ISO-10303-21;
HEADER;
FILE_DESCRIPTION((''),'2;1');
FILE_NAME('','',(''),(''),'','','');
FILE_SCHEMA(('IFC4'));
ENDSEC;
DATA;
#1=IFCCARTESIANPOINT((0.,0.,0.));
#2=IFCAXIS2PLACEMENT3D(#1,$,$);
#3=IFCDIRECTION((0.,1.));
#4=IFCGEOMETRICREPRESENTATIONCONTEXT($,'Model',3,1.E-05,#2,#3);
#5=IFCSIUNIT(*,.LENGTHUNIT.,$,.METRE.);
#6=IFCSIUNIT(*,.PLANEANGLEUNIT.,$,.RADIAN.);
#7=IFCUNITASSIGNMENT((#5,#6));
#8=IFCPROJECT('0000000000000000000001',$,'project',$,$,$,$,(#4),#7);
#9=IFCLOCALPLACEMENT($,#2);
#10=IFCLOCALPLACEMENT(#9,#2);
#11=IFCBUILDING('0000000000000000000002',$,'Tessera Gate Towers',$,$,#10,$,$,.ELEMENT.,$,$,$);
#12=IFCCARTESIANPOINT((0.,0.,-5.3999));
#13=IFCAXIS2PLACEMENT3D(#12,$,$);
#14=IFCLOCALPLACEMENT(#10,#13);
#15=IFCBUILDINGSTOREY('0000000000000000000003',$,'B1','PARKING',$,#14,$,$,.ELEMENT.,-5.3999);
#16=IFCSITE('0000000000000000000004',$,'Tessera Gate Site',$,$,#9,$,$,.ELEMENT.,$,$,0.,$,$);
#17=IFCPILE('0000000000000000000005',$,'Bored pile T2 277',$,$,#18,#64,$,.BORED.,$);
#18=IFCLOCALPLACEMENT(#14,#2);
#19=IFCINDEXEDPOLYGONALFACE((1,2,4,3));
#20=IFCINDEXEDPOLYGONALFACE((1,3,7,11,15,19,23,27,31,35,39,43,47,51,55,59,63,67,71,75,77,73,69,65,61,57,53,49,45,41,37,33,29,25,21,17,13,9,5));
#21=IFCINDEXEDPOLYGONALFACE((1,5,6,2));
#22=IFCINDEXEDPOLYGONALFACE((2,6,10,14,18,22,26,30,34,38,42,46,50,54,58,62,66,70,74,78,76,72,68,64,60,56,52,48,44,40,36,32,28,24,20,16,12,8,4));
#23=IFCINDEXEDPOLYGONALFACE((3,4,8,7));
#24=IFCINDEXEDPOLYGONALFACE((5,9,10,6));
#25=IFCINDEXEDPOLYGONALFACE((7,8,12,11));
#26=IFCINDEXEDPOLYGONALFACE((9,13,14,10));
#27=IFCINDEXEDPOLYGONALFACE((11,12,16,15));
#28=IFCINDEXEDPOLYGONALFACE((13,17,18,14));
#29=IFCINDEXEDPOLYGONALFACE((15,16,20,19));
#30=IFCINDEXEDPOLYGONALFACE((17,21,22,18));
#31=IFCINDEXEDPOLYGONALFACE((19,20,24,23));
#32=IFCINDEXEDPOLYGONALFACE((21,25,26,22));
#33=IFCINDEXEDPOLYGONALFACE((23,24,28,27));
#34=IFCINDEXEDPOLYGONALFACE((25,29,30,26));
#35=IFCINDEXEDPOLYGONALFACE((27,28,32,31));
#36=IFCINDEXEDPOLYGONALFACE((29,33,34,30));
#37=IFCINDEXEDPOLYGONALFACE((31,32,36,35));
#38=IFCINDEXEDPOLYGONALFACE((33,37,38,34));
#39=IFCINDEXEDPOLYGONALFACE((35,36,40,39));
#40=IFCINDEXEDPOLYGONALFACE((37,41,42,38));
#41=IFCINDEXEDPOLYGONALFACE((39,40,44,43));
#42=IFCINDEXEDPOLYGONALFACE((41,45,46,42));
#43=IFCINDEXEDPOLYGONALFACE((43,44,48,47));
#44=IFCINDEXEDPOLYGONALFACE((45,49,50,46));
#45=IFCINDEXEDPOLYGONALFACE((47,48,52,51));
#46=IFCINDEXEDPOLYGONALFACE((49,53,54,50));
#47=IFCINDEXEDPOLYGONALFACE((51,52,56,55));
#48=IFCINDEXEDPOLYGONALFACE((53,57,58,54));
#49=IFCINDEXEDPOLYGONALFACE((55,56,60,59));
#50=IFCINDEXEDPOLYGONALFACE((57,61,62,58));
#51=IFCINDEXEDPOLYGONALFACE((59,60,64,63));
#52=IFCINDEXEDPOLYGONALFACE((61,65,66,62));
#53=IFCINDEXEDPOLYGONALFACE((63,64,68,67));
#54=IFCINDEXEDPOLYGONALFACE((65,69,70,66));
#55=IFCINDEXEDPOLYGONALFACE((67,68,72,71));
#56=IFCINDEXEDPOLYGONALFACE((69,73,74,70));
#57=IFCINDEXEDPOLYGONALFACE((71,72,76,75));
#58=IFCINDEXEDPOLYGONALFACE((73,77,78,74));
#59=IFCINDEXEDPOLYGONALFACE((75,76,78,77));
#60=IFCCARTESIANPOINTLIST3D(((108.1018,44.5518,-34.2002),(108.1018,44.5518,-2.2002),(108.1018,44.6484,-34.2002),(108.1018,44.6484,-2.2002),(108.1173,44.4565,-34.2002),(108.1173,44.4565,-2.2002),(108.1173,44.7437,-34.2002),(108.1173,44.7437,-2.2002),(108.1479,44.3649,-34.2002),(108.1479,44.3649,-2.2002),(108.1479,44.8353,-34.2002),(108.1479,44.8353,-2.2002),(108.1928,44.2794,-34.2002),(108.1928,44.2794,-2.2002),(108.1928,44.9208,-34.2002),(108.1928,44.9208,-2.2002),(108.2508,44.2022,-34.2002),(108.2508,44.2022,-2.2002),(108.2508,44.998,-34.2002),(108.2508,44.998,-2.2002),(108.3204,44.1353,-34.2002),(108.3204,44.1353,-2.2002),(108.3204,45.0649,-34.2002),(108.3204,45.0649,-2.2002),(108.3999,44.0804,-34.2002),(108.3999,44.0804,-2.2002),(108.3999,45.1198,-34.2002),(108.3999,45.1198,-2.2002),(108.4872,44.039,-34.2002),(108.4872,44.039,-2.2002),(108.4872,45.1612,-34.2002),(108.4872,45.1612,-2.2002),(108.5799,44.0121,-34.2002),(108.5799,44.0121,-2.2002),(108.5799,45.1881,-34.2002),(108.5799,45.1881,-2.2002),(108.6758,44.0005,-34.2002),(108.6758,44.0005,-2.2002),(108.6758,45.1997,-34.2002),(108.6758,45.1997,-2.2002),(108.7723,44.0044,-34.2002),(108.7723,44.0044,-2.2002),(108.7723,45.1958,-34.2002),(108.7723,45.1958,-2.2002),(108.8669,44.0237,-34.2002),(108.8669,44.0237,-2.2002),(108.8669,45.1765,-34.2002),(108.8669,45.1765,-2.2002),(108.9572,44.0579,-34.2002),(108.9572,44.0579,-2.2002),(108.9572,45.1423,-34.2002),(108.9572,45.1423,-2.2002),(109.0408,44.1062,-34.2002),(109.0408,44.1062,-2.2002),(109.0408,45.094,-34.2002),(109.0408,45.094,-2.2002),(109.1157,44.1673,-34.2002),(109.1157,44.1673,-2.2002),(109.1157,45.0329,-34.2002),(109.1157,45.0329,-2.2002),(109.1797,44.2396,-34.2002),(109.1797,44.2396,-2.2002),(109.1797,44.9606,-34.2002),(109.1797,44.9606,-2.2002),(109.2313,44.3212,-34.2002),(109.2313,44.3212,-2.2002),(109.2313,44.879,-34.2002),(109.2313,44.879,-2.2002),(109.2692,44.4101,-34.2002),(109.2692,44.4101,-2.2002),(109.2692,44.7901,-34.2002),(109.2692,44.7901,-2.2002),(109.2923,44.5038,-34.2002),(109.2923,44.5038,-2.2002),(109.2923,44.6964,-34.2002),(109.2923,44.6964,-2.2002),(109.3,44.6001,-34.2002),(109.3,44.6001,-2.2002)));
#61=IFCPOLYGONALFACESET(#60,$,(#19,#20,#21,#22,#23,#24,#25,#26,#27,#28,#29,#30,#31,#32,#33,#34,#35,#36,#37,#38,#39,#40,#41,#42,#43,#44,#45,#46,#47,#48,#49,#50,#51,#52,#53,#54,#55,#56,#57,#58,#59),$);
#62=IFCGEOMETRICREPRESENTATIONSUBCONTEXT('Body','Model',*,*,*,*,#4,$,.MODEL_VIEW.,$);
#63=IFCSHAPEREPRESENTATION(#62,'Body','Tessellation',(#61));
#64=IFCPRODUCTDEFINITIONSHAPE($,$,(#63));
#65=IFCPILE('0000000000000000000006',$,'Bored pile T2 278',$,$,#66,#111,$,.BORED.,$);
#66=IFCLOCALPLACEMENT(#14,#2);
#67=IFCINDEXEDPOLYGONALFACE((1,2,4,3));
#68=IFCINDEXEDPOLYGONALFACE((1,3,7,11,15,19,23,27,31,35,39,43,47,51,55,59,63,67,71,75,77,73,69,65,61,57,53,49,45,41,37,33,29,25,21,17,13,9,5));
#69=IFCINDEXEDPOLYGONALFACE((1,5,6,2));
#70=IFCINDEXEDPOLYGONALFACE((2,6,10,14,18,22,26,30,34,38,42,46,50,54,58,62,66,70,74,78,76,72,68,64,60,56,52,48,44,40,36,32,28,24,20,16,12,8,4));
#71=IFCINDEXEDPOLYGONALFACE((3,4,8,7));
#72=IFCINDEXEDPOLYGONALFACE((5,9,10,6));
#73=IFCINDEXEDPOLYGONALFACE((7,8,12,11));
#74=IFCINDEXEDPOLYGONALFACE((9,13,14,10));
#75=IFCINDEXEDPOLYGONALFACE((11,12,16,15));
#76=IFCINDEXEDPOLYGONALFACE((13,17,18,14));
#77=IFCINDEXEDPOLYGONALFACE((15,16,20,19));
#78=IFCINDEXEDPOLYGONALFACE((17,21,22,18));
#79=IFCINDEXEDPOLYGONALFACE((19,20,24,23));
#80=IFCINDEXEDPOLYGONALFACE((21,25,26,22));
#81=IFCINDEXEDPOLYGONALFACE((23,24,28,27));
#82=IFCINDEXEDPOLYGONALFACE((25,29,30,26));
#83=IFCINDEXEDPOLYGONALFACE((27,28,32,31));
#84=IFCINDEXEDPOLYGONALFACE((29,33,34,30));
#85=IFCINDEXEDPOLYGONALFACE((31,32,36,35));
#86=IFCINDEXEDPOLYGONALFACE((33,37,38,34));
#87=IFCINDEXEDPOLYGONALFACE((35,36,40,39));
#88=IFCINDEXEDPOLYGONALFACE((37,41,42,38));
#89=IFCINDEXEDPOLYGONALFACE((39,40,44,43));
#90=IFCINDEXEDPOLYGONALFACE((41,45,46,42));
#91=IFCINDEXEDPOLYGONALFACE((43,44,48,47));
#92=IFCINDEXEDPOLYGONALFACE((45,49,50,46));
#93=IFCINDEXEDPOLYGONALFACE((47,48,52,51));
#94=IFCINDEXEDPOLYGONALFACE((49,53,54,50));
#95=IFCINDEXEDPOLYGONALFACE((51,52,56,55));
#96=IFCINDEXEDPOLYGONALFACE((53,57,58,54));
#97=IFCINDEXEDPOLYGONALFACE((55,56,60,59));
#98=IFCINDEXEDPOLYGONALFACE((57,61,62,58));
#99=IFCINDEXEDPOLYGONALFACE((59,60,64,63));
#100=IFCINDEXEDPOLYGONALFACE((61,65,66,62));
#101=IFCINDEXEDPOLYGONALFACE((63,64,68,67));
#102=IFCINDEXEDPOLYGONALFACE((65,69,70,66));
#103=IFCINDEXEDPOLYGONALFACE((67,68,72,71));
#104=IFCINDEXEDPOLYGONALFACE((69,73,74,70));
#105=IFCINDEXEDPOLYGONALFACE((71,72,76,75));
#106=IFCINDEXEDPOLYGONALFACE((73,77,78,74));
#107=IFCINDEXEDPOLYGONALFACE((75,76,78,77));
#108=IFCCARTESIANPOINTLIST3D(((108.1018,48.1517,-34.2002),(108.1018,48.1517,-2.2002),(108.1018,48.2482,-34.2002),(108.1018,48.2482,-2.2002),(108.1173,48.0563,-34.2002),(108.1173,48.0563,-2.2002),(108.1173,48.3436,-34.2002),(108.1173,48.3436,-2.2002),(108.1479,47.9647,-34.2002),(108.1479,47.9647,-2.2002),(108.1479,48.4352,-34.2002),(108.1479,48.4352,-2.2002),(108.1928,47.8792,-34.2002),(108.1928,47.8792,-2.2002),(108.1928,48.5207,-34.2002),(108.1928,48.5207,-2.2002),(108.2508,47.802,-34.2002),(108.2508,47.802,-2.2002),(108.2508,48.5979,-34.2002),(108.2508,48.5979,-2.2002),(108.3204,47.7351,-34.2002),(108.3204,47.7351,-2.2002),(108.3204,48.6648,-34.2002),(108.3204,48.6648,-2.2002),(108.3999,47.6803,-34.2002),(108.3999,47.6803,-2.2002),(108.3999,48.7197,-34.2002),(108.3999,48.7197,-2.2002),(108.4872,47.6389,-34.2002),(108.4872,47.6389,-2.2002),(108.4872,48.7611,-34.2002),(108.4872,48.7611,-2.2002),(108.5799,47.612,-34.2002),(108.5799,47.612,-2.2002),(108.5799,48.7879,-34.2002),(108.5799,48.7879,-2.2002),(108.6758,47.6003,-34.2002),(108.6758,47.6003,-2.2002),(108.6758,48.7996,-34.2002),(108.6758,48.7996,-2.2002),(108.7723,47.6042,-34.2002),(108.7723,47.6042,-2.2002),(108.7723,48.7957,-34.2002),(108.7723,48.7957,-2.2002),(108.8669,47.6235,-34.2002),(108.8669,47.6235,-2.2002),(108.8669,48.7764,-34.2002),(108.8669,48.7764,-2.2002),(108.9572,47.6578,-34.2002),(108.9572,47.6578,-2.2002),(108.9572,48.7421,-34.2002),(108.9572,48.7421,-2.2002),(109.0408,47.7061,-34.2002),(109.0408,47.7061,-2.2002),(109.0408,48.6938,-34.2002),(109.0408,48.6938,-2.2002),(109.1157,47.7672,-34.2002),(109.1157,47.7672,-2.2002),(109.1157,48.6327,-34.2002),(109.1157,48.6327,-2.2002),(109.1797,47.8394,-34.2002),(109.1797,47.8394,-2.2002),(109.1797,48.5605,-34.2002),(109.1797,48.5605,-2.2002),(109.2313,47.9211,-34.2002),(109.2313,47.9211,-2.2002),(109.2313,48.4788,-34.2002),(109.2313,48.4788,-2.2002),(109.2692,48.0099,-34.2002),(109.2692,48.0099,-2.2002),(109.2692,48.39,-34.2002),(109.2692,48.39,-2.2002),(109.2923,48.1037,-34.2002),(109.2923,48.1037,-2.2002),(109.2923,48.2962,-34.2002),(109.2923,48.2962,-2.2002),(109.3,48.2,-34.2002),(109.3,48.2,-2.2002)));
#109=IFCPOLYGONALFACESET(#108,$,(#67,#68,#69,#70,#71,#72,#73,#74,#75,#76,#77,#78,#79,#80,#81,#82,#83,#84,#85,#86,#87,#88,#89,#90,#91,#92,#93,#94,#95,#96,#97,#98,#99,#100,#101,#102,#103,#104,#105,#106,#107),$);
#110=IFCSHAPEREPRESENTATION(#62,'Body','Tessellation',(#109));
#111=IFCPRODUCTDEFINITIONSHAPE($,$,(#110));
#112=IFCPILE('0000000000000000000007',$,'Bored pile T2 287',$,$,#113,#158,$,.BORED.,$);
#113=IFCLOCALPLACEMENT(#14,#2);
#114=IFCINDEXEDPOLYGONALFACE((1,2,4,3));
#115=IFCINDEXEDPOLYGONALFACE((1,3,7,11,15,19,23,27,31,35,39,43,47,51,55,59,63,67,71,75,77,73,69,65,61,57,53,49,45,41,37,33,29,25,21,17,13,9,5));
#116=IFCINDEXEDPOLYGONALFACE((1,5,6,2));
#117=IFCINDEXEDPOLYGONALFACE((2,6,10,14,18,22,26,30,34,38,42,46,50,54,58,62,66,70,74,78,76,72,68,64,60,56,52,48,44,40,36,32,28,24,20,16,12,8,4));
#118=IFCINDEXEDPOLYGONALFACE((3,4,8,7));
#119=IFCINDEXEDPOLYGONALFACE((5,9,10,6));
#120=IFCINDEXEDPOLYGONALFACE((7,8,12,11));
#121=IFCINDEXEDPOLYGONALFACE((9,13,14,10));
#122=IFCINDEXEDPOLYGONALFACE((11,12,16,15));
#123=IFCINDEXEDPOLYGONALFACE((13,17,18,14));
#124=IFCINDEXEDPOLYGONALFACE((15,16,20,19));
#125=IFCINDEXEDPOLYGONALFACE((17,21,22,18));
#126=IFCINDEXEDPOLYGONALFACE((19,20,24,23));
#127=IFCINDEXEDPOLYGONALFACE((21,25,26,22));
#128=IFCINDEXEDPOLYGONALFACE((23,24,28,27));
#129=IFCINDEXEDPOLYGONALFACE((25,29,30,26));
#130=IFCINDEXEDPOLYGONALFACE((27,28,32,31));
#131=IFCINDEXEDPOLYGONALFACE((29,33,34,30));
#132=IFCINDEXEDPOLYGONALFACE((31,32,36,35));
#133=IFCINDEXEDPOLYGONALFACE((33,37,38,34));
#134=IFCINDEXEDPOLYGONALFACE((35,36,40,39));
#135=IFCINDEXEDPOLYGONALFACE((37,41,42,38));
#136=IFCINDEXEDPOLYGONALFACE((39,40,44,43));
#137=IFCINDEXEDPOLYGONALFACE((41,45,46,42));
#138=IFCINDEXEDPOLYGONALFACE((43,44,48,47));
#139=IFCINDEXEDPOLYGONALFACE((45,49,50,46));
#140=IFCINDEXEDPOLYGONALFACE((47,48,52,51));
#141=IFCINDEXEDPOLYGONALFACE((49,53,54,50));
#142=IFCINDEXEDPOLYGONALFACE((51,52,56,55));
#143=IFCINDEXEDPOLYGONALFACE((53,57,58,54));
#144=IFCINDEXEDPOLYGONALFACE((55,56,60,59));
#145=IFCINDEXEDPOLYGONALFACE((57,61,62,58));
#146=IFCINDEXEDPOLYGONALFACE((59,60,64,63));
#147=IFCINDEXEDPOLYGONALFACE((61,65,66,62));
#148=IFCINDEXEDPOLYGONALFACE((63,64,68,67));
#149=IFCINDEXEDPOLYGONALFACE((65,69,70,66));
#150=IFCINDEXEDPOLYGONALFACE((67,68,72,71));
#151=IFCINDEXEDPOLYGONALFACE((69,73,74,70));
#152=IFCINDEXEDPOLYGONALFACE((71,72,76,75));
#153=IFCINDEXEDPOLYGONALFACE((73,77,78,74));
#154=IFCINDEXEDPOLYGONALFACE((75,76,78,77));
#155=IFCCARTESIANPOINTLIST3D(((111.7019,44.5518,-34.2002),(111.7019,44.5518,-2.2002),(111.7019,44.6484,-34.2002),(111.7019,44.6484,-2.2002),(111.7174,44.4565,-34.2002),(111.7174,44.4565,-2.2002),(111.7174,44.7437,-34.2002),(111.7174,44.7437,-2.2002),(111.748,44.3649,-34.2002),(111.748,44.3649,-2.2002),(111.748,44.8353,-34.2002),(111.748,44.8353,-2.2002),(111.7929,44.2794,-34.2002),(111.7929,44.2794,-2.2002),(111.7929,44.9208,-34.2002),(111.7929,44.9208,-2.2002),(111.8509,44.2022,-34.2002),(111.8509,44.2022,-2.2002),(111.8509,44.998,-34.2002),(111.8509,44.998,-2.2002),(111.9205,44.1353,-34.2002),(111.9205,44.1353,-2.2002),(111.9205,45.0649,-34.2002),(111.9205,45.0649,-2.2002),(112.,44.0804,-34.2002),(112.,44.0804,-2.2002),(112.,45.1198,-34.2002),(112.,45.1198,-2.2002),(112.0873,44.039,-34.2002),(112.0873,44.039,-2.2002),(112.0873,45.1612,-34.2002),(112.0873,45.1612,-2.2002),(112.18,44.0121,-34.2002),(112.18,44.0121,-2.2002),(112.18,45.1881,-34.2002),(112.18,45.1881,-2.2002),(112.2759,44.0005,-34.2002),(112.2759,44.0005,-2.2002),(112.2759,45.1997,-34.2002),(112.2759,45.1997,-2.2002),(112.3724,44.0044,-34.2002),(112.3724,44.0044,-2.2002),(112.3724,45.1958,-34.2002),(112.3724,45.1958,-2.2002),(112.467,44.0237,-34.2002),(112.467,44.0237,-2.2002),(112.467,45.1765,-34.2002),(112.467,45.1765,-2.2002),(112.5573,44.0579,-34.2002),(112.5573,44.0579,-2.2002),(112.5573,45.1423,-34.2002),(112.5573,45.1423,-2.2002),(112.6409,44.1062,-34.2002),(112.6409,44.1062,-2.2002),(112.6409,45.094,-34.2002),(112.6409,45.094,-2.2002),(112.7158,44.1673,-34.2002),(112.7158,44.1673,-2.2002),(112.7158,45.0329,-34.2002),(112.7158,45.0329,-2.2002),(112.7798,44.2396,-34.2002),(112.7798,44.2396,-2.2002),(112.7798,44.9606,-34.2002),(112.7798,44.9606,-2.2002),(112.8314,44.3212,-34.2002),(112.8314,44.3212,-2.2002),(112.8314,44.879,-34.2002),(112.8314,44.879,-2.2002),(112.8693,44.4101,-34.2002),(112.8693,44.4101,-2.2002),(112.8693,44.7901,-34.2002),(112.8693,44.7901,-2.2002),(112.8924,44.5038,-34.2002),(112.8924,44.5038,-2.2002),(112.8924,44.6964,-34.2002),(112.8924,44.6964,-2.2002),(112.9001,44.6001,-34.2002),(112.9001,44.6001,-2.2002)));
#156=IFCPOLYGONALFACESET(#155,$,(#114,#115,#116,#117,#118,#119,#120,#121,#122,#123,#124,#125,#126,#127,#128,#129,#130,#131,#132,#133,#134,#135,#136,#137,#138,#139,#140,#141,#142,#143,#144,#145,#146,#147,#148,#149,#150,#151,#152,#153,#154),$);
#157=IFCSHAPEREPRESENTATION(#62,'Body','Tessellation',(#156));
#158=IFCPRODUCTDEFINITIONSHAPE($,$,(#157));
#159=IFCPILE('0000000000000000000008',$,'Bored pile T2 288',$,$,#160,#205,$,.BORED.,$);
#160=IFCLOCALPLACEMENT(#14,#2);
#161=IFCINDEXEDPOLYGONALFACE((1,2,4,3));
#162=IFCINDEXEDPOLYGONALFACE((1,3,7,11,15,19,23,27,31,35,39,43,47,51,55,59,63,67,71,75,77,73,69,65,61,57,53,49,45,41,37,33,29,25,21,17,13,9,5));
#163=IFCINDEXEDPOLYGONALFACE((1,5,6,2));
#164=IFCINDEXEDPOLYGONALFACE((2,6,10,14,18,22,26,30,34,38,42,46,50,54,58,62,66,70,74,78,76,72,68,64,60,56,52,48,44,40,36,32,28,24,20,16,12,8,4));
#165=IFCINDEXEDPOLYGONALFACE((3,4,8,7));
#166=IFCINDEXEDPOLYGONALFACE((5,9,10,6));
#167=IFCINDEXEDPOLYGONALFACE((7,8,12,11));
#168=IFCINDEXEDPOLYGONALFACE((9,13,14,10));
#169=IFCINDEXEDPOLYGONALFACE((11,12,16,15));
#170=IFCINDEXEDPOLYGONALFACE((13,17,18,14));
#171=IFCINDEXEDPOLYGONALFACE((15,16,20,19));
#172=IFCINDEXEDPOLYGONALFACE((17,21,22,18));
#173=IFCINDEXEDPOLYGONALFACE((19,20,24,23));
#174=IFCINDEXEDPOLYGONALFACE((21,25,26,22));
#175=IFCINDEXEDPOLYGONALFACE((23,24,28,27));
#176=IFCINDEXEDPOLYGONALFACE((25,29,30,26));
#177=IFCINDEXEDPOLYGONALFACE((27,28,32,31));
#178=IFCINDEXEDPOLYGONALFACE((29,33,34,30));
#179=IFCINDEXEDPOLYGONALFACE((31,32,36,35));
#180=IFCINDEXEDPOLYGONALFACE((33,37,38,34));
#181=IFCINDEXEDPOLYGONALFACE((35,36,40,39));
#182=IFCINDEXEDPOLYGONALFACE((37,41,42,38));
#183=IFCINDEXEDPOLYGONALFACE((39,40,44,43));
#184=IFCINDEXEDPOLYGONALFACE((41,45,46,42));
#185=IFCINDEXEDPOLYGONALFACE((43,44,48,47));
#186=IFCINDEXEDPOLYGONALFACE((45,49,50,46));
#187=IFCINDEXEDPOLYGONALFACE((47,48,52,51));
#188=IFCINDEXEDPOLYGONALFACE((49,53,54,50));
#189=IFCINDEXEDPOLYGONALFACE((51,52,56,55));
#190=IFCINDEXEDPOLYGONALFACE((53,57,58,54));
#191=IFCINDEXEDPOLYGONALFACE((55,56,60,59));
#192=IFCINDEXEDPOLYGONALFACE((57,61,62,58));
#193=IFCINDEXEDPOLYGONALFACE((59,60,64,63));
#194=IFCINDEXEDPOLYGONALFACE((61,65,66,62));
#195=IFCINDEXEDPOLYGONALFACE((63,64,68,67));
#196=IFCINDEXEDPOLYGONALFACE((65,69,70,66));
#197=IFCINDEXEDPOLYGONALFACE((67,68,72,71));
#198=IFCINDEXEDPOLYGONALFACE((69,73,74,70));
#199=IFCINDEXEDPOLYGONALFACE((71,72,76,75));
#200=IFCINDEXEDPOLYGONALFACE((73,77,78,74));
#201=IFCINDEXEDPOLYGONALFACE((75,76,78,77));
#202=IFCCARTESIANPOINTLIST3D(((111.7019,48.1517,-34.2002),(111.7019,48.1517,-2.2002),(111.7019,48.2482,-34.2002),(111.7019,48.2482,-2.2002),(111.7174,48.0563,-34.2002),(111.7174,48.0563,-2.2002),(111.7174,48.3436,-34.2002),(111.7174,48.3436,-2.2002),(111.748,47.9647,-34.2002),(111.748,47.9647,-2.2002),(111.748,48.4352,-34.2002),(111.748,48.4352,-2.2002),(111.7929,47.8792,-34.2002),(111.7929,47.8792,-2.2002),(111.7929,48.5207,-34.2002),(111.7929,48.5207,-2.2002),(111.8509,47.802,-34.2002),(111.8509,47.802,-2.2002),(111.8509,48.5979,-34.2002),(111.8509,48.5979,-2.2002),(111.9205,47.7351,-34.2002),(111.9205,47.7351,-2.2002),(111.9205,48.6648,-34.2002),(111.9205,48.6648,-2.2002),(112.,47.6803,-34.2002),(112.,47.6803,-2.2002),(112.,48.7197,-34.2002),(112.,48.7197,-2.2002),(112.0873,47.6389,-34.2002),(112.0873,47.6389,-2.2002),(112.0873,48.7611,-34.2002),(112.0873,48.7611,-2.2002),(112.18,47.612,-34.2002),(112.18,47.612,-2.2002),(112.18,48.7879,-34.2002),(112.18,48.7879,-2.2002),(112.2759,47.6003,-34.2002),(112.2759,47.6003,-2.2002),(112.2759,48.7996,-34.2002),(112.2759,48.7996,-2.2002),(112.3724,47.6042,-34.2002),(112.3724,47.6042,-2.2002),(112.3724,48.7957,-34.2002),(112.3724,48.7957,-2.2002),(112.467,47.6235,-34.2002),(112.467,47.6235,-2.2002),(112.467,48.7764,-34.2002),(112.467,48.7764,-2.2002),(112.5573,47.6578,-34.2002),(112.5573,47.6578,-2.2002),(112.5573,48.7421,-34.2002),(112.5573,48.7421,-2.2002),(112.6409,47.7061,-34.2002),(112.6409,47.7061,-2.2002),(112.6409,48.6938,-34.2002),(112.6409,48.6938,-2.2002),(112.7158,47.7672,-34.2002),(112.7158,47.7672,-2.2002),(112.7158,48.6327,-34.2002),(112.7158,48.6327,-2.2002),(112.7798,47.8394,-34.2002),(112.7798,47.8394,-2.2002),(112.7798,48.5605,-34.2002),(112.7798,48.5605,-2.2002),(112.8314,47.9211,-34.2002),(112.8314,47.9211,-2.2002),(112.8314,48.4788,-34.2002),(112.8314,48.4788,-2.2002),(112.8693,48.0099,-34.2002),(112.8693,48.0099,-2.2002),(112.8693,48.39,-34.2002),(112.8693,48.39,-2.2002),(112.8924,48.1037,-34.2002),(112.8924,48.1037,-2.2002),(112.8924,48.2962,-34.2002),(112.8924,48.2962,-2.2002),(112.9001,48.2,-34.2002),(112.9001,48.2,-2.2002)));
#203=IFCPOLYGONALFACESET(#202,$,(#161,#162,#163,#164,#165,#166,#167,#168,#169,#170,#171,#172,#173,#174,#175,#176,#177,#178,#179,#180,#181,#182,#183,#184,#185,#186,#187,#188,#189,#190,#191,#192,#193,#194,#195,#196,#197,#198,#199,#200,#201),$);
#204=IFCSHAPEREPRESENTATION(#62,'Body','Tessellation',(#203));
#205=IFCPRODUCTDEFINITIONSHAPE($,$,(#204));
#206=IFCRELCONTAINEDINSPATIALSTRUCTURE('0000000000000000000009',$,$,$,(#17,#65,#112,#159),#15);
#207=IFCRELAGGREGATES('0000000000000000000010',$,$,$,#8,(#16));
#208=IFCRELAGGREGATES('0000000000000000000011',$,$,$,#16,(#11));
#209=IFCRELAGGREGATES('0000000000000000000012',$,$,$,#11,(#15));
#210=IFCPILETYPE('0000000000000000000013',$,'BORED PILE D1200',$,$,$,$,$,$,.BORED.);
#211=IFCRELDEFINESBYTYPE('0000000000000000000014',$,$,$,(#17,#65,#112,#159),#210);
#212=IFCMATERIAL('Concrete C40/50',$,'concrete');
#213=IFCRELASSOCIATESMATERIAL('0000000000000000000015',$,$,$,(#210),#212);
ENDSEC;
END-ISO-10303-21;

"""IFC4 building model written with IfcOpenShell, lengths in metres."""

from ifc_helpers import new_model, si_unit, direction, frame, origin, origin_2d, place, context, subcontext, project, spatial, circle, extrude, material, material_profile, profile_set, type_object, element, save


model = new_model("IFC4")

# Units and contexts
model_context = context("Model", 3, precision=1e-05, world=origin(), true_north=direction((0.0, 1.0)))
body_context = subcontext(model_context, "Body", "Model", "MODEL_VIEW")
ifc_project = project(units=[si_unit("LENGTHUNIT", "METRE"), si_unit("PLANEANGLEUNIT", "RADIAN")], contexts=[model_context])

# Site, building, storey
site_placement = place(None, origin())
site = spatial("IfcSite", under=ifc_project, at=site_placement, Name="Tessera Gate Site", CompositionType="ELEMENT", RefElevation=0.0)
building_placement = place(site_placement, origin())
building = spatial("IfcBuilding", under=site, at=building_placement, Name="Tessera Gate Towers", CompositionType="ELEMENT")
storey_placement = place(building_placement, frame((0.0, 0.0, -5.3999)))
storey = spatial("IfcBuildingStorey", under=building, at=storey_placement, Name="B1", Description="PARKING", CompositionType="ELEMENT", Elevation=-5.3999)

# Piles
ifc_material_1 = material(Name="Concrete C40/50", Category="concrete")
ifc_material_profile_1 = material_profile(ifc_material_1, circle(Radius=0.6001, at=origin_2d()), Name="BORED PILE D1200")
ifc_profile_set_1 = profile_set([ifc_material_profile_1], Name="Concrete C40/50")
pile_type = type_object("IfcPileType", Name="BORED PILE D1200", PredefinedType="BORED", material=ifc_profile_set_1)
for number, where, z_axis, x_axis, name in (
    (1, (108.7, 44.6001, -2.2002), (0.0, 0.0, -1.0), (1.0, 0.0, 0.0), "Bored pile T2 277"),
    (2, (108.7, 48.2, -2.2002), (0.0, 0.0, -1.0), (1.0, 0.0, 0.0), "Bored pile T2 278"),
    (3, (112.3, 44.6001, -2.2002), (0.0, 0.0, -1.0), (1.0, 0.0, 0.0), "Bored pile T2 287"),
    (4, (112.3, 48.2, -2.2002), (0.0, 0.0, -1.0), (1.0, 0.0, 0.0), "Bored pile T2 288"),
):
    element("IfcPile", number, at=place(storey_placement, frame(where, z_axis=z_axis, x_axis=x_axis)), inside=storey, type_object=pile_type, Name=name, PredefinedType="BORED", context=body_context, shape_type="SweptSolid", body=[
        extrude(circle(Radius=0.6001, at=origin_2d()), origin(), (0.0, 0.0, 1.0), 32.0),
    ])

save(model, "model.ifc")
